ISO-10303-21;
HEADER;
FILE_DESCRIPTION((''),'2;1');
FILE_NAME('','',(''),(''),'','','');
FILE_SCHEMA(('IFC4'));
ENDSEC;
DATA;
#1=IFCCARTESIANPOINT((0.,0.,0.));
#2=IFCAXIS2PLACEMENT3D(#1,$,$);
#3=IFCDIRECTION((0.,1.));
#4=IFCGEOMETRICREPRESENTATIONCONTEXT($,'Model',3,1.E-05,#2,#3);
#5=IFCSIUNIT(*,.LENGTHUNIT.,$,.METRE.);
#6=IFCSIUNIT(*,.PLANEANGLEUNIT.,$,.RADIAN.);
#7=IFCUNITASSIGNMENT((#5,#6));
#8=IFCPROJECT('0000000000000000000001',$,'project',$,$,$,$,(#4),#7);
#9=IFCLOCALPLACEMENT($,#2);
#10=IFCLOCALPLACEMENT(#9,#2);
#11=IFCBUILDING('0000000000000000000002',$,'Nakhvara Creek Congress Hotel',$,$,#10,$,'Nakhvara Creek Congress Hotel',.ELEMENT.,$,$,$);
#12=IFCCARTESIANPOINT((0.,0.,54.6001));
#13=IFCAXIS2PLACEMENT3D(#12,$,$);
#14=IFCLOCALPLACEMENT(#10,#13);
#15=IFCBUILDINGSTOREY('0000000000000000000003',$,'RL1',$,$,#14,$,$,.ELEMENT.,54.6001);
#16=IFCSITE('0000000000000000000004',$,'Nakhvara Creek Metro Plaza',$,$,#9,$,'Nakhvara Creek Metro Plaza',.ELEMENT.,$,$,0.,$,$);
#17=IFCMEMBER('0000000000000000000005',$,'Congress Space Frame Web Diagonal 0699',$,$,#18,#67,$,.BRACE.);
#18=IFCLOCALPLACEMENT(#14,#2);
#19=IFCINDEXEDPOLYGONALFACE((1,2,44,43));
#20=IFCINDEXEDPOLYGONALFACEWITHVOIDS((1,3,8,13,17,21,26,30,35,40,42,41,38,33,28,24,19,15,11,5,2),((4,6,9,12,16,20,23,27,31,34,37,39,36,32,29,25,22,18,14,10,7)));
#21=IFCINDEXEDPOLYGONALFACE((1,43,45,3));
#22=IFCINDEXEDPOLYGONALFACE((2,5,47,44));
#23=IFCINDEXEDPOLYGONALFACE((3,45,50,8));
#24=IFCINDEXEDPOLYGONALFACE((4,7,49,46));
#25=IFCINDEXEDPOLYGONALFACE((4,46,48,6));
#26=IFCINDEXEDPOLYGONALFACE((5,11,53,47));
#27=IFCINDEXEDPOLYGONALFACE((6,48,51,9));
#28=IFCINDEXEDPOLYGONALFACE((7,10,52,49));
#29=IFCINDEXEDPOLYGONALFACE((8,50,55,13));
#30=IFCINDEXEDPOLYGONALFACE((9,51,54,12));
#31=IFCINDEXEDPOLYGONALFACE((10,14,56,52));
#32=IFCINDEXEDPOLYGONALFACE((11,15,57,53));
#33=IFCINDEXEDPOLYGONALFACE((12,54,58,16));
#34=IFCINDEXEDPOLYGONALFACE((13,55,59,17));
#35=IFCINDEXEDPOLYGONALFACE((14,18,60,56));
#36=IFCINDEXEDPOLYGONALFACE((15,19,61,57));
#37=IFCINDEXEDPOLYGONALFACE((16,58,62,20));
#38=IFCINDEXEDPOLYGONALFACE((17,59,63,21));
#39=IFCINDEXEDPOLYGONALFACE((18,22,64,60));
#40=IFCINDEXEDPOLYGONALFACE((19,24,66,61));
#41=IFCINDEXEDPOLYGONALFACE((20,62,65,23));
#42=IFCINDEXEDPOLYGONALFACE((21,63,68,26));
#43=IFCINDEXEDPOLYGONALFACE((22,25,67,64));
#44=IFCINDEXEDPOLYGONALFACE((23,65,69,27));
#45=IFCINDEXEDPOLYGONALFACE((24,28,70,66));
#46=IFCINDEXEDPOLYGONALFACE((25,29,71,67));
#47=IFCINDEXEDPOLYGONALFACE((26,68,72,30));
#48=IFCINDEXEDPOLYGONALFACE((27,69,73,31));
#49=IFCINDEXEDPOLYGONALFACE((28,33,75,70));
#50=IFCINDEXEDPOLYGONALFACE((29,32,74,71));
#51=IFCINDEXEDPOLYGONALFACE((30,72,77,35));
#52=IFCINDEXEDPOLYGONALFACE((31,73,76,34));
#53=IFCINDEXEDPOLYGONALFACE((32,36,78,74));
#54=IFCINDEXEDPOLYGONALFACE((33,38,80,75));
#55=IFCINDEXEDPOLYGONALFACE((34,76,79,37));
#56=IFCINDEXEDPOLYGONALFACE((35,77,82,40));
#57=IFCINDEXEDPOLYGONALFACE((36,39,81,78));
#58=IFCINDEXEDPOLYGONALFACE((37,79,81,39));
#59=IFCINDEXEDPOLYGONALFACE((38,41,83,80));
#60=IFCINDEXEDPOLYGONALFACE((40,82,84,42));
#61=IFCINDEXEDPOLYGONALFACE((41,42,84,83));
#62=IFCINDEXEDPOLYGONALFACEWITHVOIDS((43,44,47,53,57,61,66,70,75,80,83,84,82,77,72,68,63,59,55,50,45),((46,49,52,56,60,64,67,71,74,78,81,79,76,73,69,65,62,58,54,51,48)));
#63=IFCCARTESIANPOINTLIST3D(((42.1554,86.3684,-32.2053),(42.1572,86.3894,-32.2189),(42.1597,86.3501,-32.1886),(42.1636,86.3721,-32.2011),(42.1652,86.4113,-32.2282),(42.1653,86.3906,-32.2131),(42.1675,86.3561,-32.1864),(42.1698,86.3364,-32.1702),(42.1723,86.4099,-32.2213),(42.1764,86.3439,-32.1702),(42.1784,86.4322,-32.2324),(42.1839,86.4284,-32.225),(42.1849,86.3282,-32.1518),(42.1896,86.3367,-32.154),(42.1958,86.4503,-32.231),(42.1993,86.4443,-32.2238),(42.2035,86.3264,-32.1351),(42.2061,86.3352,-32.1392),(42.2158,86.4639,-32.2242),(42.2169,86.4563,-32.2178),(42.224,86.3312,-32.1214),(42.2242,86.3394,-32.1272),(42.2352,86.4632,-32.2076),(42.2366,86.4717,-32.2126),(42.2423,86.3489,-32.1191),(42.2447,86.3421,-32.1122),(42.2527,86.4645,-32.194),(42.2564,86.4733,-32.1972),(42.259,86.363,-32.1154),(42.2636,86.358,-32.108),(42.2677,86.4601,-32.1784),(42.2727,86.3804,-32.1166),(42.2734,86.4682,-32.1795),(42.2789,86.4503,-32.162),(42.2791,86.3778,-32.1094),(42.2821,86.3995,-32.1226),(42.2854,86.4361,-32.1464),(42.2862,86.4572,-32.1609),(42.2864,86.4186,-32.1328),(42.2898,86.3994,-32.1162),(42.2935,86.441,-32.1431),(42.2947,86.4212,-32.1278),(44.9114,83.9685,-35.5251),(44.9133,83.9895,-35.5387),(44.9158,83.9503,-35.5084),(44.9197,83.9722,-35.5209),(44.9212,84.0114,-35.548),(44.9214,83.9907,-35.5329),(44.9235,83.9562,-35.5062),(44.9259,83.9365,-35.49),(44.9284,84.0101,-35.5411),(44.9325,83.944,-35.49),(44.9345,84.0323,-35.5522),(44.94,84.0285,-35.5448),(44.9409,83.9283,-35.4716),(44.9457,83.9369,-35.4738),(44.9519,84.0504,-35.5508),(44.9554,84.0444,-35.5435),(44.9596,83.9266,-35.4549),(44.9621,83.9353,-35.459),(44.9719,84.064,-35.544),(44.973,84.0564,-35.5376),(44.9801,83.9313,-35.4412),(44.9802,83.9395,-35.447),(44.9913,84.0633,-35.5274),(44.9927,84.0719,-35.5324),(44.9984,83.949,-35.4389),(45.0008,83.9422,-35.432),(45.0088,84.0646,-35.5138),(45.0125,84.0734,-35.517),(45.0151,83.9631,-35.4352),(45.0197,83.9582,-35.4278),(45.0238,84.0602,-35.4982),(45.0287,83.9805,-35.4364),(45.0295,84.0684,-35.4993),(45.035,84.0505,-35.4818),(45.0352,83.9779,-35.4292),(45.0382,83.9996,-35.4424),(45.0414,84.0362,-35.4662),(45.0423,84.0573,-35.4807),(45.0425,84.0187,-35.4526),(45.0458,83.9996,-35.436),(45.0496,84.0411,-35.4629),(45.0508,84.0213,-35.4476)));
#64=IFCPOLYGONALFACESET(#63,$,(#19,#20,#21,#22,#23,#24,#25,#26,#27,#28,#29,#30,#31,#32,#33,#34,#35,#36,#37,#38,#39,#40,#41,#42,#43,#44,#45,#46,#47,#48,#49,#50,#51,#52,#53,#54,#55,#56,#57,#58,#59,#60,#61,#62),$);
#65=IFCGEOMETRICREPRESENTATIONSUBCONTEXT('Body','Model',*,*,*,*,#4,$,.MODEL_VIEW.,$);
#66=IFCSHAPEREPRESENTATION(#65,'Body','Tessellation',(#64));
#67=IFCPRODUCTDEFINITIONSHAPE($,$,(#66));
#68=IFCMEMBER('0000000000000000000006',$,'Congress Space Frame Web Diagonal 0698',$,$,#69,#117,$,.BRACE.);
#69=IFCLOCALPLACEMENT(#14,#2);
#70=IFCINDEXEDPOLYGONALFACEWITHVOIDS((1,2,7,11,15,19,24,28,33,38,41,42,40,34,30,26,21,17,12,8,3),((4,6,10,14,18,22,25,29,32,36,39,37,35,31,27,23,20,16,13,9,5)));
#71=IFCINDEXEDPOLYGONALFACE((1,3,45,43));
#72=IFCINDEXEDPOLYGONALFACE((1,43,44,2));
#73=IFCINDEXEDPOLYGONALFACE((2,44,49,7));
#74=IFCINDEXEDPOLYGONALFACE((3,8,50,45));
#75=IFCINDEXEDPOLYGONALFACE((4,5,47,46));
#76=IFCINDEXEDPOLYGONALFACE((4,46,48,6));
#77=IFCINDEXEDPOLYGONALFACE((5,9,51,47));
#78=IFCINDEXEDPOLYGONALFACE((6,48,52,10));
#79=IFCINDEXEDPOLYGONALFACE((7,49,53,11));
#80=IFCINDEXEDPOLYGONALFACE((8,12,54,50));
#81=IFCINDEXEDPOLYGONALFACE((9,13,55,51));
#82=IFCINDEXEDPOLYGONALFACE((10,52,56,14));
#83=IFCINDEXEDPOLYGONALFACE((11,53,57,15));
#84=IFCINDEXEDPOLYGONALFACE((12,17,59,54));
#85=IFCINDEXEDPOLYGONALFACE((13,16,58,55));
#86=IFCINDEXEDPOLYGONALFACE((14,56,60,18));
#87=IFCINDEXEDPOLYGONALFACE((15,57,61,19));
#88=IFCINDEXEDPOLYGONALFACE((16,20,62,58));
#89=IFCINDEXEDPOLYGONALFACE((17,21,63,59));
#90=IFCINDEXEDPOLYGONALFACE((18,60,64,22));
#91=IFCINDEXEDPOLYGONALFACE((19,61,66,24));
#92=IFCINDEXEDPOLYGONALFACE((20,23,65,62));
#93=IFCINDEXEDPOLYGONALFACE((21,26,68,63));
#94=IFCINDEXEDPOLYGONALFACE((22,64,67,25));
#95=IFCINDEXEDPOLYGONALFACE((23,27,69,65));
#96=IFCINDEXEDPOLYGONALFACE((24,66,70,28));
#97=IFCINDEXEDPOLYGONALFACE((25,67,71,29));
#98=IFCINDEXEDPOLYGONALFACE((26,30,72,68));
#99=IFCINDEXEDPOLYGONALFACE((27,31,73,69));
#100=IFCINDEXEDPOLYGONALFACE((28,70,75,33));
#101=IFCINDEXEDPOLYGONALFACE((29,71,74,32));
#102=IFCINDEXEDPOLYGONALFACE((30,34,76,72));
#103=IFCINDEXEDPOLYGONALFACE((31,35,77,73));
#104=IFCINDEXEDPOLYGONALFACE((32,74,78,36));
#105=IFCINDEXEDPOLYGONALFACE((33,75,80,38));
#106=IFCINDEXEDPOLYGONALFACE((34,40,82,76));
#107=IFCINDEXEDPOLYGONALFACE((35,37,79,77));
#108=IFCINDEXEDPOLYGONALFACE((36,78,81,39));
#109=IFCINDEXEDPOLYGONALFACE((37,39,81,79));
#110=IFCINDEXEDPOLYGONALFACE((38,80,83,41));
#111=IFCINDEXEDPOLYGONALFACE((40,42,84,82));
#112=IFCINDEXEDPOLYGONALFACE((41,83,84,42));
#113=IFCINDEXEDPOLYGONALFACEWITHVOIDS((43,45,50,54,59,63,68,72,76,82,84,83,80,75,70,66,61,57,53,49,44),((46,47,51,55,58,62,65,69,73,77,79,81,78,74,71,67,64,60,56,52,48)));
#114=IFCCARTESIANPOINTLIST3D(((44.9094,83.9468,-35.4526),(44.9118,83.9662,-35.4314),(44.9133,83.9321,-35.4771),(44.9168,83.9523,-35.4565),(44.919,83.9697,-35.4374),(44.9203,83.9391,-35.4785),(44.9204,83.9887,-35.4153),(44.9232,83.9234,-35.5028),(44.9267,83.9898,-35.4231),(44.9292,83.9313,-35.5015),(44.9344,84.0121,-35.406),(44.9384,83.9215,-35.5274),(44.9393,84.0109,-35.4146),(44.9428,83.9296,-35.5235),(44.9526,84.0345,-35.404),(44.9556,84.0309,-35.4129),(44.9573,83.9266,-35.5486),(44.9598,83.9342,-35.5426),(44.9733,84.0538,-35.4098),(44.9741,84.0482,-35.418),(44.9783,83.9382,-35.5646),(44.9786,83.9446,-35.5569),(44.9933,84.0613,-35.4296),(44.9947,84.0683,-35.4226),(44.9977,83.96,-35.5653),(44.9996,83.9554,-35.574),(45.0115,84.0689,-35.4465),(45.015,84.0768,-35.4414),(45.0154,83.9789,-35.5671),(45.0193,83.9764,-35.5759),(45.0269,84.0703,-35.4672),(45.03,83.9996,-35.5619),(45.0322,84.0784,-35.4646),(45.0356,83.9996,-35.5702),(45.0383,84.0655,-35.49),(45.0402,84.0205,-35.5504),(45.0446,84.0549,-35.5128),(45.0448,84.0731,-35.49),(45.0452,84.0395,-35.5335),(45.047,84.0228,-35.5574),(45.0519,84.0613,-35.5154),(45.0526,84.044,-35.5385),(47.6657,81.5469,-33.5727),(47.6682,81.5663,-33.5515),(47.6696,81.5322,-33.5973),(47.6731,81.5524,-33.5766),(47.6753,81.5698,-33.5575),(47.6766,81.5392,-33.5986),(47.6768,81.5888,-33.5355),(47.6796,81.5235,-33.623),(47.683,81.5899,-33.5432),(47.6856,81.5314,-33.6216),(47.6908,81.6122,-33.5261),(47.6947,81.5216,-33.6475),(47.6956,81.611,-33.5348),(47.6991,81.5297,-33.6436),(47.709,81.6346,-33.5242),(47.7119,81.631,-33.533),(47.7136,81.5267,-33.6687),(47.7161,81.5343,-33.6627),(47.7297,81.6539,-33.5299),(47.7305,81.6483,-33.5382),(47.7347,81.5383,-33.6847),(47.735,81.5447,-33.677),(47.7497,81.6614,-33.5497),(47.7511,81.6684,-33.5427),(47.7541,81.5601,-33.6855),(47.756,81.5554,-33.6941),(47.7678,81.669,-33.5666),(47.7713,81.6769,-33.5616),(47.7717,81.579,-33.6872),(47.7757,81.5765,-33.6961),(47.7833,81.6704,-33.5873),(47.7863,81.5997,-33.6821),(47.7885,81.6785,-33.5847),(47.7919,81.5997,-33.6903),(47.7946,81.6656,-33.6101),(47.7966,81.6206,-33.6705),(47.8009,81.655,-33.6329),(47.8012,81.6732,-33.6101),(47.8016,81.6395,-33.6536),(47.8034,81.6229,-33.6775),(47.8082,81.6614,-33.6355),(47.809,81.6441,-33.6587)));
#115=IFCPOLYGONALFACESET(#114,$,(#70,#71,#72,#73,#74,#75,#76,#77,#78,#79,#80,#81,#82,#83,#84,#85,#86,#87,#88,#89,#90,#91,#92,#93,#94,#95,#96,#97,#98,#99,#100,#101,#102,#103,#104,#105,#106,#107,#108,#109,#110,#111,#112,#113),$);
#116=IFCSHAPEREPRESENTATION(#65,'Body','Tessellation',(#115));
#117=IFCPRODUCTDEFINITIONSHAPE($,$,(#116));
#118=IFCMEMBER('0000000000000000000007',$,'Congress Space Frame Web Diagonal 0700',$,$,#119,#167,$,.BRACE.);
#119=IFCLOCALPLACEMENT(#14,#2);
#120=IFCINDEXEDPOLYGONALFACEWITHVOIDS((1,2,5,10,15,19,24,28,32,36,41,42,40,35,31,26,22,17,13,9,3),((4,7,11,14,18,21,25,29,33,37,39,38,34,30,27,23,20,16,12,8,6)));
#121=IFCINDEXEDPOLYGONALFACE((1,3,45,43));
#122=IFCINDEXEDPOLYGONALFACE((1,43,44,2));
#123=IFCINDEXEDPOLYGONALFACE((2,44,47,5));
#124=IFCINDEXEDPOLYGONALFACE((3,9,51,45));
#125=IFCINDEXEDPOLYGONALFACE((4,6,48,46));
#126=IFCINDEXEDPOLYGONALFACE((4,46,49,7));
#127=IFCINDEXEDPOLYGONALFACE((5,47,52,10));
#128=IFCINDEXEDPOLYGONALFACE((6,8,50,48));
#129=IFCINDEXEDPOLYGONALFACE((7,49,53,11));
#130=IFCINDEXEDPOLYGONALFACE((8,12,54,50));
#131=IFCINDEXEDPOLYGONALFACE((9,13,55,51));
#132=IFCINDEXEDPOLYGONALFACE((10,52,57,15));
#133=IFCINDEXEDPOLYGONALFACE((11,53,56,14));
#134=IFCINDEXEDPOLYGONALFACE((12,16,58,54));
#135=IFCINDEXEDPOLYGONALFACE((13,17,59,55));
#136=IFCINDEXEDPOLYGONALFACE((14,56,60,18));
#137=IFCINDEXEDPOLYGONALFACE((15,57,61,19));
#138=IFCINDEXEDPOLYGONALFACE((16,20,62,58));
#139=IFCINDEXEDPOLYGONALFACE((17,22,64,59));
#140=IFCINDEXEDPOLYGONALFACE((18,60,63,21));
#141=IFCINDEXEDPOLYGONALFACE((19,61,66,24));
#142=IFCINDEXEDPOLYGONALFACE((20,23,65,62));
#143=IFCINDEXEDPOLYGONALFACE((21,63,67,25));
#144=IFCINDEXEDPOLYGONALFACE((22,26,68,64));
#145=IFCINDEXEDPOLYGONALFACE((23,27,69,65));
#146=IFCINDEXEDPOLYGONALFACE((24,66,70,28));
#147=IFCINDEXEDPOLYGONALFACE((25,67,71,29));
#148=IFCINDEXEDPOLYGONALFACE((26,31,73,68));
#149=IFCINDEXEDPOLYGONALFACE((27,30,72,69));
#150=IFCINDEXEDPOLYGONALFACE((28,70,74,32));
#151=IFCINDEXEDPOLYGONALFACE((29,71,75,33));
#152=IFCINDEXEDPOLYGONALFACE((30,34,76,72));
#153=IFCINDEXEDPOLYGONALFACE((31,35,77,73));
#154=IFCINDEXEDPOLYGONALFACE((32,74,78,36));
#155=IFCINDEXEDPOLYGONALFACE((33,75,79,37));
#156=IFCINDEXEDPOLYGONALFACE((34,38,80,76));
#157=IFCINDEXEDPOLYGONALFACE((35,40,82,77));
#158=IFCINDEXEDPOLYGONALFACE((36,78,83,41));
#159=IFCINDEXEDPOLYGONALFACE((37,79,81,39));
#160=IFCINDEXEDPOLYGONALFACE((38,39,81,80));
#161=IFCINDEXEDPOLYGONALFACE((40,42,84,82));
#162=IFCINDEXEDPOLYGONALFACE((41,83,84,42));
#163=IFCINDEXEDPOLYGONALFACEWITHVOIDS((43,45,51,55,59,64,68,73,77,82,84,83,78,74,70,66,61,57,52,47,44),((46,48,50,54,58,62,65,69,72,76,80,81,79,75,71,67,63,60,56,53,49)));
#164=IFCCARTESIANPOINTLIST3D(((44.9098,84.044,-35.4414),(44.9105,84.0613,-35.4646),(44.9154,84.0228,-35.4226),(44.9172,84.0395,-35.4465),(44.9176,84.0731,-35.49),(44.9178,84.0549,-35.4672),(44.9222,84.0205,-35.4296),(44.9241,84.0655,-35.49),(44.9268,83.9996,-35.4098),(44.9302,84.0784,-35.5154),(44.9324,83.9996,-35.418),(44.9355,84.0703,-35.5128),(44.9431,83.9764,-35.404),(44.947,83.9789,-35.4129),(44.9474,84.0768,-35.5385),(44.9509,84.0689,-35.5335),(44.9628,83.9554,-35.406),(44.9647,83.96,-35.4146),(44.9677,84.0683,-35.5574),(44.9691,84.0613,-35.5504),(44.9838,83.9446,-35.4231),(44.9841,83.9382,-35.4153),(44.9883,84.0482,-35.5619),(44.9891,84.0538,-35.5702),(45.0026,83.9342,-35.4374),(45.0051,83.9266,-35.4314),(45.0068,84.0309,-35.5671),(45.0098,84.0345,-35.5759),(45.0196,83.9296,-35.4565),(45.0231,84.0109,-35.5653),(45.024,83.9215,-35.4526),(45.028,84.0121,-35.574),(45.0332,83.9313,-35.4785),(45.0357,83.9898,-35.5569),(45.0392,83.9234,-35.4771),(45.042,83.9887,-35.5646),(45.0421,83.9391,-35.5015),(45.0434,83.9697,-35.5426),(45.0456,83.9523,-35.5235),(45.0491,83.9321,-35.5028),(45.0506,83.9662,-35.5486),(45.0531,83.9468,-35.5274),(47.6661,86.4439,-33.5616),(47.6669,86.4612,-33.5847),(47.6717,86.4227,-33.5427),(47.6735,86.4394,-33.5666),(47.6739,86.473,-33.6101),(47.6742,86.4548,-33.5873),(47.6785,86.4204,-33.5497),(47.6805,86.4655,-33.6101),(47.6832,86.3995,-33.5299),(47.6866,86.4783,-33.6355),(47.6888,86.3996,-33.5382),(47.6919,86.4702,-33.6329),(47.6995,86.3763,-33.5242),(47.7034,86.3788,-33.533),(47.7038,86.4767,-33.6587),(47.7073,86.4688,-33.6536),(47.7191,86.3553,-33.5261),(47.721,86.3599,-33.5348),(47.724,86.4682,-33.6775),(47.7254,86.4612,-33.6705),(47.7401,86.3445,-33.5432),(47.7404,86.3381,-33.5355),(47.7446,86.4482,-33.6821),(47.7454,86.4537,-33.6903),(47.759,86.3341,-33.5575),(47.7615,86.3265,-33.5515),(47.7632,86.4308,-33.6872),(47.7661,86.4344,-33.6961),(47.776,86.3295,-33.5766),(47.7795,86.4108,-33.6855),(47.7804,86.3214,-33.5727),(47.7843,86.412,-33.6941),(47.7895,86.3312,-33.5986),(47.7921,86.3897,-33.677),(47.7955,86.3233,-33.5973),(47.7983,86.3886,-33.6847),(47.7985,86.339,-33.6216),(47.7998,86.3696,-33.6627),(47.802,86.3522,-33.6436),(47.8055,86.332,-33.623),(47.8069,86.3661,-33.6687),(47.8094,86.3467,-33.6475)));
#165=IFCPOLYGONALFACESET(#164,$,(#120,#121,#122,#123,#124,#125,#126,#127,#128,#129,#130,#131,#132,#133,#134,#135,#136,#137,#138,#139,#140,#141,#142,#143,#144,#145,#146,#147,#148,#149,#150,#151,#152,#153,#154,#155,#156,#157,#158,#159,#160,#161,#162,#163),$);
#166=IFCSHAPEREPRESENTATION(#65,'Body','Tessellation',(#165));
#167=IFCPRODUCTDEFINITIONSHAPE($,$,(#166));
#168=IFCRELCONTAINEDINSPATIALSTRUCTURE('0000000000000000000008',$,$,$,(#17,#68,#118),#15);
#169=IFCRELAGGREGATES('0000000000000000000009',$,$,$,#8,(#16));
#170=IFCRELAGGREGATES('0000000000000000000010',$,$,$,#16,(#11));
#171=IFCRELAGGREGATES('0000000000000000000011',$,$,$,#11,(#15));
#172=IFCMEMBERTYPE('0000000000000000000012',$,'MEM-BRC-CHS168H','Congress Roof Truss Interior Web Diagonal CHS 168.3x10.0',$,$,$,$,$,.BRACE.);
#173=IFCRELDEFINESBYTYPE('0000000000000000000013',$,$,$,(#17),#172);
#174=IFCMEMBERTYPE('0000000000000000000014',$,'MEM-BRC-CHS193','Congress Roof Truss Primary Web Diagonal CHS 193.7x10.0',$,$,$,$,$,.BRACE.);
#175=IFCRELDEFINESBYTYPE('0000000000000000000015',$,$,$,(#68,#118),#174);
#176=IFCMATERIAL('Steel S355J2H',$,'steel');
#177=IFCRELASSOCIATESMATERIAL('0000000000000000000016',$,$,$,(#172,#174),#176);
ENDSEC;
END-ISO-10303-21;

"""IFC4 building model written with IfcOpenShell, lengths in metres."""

from ifc_helpers import new_model, si_unit, direction, frame, origin, origin_2d, place, context, subcontext, project, spatial, hollow_circle, extrude, material, material_profile, profile_set, type_object, element, save


model = new_model("IFC4")

# Units and contexts
model_context = context("Model", 3, precision=1e-05, world=origin(), true_north=direction((0.0, 1.0)))
body_context = subcontext(model_context, "Body", "Model", "MODEL_VIEW")
ifc_project = project(units=[si_unit("LENGTHUNIT", "METRE"), si_unit("PLANEANGLEUNIT", "RADIAN")], contexts=[model_context])

# Site, building, storey
site_placement = place(None, origin())
site = spatial("IfcSite", under=ifc_project, at=site_placement, Name="Nakhvara Creek Metro Plaza", LongName="Nakhvara Creek Metro Plaza", CompositionType="ELEMENT", RefElevation=0.0)
building_placement = place(site_placement, origin())
building = spatial("IfcBuilding", under=site, at=building_placement, Name="Nakhvara Creek Congress Hotel", LongName="Nakhvara Creek Congress Hotel", CompositionType="ELEMENT")
storey_placement = place(building_placement, frame((0.0, 0.0, 54.6001)))
storey = spatial("IfcBuildingStorey", under=building, at=storey_placement, Name="RL1", CompositionType="ELEMENT", Elevation=54.6001)

# Members
ifc_material_1 = material(Name="Steel S355J2H", Category="steel")
ifc_material_profile_1 = material_profile(ifc_material_1, hollow_circle(Radius=0.0842, WallThickness=0.01, at=origin_2d()), Name="CHS 168.3x10.0", Category="LoadBearing")
ifc_profile_set_1 = profile_set([ifc_material_profile_1], Name="Steel S355J2H")
member_type_1 = type_object("IfcMemberType", Name="MEM-BRC-CHS168H", Description="Congress Roof Truss Interior Web Diagonal CHS 168.3x10.0", PredefinedType="BRACE", material=ifc_profile_set_1)
for number, where, z_axis, x_axis, name in (
    (1, (44.9812, 84.0, -35.49), (-0.558221, 0.486076, 0.672398), (-0.656691, -0.75416, 0.0), "Congress Space Frame Web Diagonal 0699"),
):
    element("IfcMember", number, at=place(storey_placement, frame(where, z_axis=z_axis, x_axis=x_axis)), inside=storey, type_object=member_type_1, Name=name, PredefinedType="BRACE", context=body_context, shape_type="SweptSolid", body=[
        extrude(hollow_circle(Radius=0.0842, WallThickness=0.01, at=origin_2d()), origin(), (0.0, 0.0, 1.0), 4.9373),
    ])
ifc_material_profile_2 = material_profile(ifc_material_1, hollow_circle(Radius=0.0969, WallThickness=0.01, at=origin_2d()), Name="CHS 193.7x10.0", Category="LoadBearing")
ifc_profile_set_2 = profile_set([ifc_material_profile_2], Name="Steel S355J2H")
member_type_2 = type_object("IfcMemberType", Name="MEM-BRC-CHS193", Description="Congress Roof Truss Primary Web Diagonal CHS 193.7x10.0", PredefinedType="BRACE", material=ifc_profile_set_2)
for number, where, z_axis, x_axis, name in (
    (2, (44.9812, 84.0, -35.49), (0.670667, -0.583938, 0.457408), (0.656658, 0.754188, 0.0), "Congress Space Frame Web Diagonal 0698"),
    (3, (44.9812, 84.0, -35.49), (0.670667, 0.583938, 0.457408), (-0.656658, 0.754188, 0.0), "Congress Space Frame Web Diagonal 0700"),
):
    element("IfcMember", number, at=place(storey_placement, frame(where, z_axis=z_axis, x_axis=x_axis)), inside=storey, type_object=member_type_2, Name=name, PredefinedType="BRACE", context=body_context, shape_type="SweptSolid", body=[
        extrude(hollow_circle(Radius=0.0969, WallThickness=0.01, at=origin_2d()), origin(), (0.0, 0.0, 1.0), 4.1099),
    ])

save(model, "model.ifc")
